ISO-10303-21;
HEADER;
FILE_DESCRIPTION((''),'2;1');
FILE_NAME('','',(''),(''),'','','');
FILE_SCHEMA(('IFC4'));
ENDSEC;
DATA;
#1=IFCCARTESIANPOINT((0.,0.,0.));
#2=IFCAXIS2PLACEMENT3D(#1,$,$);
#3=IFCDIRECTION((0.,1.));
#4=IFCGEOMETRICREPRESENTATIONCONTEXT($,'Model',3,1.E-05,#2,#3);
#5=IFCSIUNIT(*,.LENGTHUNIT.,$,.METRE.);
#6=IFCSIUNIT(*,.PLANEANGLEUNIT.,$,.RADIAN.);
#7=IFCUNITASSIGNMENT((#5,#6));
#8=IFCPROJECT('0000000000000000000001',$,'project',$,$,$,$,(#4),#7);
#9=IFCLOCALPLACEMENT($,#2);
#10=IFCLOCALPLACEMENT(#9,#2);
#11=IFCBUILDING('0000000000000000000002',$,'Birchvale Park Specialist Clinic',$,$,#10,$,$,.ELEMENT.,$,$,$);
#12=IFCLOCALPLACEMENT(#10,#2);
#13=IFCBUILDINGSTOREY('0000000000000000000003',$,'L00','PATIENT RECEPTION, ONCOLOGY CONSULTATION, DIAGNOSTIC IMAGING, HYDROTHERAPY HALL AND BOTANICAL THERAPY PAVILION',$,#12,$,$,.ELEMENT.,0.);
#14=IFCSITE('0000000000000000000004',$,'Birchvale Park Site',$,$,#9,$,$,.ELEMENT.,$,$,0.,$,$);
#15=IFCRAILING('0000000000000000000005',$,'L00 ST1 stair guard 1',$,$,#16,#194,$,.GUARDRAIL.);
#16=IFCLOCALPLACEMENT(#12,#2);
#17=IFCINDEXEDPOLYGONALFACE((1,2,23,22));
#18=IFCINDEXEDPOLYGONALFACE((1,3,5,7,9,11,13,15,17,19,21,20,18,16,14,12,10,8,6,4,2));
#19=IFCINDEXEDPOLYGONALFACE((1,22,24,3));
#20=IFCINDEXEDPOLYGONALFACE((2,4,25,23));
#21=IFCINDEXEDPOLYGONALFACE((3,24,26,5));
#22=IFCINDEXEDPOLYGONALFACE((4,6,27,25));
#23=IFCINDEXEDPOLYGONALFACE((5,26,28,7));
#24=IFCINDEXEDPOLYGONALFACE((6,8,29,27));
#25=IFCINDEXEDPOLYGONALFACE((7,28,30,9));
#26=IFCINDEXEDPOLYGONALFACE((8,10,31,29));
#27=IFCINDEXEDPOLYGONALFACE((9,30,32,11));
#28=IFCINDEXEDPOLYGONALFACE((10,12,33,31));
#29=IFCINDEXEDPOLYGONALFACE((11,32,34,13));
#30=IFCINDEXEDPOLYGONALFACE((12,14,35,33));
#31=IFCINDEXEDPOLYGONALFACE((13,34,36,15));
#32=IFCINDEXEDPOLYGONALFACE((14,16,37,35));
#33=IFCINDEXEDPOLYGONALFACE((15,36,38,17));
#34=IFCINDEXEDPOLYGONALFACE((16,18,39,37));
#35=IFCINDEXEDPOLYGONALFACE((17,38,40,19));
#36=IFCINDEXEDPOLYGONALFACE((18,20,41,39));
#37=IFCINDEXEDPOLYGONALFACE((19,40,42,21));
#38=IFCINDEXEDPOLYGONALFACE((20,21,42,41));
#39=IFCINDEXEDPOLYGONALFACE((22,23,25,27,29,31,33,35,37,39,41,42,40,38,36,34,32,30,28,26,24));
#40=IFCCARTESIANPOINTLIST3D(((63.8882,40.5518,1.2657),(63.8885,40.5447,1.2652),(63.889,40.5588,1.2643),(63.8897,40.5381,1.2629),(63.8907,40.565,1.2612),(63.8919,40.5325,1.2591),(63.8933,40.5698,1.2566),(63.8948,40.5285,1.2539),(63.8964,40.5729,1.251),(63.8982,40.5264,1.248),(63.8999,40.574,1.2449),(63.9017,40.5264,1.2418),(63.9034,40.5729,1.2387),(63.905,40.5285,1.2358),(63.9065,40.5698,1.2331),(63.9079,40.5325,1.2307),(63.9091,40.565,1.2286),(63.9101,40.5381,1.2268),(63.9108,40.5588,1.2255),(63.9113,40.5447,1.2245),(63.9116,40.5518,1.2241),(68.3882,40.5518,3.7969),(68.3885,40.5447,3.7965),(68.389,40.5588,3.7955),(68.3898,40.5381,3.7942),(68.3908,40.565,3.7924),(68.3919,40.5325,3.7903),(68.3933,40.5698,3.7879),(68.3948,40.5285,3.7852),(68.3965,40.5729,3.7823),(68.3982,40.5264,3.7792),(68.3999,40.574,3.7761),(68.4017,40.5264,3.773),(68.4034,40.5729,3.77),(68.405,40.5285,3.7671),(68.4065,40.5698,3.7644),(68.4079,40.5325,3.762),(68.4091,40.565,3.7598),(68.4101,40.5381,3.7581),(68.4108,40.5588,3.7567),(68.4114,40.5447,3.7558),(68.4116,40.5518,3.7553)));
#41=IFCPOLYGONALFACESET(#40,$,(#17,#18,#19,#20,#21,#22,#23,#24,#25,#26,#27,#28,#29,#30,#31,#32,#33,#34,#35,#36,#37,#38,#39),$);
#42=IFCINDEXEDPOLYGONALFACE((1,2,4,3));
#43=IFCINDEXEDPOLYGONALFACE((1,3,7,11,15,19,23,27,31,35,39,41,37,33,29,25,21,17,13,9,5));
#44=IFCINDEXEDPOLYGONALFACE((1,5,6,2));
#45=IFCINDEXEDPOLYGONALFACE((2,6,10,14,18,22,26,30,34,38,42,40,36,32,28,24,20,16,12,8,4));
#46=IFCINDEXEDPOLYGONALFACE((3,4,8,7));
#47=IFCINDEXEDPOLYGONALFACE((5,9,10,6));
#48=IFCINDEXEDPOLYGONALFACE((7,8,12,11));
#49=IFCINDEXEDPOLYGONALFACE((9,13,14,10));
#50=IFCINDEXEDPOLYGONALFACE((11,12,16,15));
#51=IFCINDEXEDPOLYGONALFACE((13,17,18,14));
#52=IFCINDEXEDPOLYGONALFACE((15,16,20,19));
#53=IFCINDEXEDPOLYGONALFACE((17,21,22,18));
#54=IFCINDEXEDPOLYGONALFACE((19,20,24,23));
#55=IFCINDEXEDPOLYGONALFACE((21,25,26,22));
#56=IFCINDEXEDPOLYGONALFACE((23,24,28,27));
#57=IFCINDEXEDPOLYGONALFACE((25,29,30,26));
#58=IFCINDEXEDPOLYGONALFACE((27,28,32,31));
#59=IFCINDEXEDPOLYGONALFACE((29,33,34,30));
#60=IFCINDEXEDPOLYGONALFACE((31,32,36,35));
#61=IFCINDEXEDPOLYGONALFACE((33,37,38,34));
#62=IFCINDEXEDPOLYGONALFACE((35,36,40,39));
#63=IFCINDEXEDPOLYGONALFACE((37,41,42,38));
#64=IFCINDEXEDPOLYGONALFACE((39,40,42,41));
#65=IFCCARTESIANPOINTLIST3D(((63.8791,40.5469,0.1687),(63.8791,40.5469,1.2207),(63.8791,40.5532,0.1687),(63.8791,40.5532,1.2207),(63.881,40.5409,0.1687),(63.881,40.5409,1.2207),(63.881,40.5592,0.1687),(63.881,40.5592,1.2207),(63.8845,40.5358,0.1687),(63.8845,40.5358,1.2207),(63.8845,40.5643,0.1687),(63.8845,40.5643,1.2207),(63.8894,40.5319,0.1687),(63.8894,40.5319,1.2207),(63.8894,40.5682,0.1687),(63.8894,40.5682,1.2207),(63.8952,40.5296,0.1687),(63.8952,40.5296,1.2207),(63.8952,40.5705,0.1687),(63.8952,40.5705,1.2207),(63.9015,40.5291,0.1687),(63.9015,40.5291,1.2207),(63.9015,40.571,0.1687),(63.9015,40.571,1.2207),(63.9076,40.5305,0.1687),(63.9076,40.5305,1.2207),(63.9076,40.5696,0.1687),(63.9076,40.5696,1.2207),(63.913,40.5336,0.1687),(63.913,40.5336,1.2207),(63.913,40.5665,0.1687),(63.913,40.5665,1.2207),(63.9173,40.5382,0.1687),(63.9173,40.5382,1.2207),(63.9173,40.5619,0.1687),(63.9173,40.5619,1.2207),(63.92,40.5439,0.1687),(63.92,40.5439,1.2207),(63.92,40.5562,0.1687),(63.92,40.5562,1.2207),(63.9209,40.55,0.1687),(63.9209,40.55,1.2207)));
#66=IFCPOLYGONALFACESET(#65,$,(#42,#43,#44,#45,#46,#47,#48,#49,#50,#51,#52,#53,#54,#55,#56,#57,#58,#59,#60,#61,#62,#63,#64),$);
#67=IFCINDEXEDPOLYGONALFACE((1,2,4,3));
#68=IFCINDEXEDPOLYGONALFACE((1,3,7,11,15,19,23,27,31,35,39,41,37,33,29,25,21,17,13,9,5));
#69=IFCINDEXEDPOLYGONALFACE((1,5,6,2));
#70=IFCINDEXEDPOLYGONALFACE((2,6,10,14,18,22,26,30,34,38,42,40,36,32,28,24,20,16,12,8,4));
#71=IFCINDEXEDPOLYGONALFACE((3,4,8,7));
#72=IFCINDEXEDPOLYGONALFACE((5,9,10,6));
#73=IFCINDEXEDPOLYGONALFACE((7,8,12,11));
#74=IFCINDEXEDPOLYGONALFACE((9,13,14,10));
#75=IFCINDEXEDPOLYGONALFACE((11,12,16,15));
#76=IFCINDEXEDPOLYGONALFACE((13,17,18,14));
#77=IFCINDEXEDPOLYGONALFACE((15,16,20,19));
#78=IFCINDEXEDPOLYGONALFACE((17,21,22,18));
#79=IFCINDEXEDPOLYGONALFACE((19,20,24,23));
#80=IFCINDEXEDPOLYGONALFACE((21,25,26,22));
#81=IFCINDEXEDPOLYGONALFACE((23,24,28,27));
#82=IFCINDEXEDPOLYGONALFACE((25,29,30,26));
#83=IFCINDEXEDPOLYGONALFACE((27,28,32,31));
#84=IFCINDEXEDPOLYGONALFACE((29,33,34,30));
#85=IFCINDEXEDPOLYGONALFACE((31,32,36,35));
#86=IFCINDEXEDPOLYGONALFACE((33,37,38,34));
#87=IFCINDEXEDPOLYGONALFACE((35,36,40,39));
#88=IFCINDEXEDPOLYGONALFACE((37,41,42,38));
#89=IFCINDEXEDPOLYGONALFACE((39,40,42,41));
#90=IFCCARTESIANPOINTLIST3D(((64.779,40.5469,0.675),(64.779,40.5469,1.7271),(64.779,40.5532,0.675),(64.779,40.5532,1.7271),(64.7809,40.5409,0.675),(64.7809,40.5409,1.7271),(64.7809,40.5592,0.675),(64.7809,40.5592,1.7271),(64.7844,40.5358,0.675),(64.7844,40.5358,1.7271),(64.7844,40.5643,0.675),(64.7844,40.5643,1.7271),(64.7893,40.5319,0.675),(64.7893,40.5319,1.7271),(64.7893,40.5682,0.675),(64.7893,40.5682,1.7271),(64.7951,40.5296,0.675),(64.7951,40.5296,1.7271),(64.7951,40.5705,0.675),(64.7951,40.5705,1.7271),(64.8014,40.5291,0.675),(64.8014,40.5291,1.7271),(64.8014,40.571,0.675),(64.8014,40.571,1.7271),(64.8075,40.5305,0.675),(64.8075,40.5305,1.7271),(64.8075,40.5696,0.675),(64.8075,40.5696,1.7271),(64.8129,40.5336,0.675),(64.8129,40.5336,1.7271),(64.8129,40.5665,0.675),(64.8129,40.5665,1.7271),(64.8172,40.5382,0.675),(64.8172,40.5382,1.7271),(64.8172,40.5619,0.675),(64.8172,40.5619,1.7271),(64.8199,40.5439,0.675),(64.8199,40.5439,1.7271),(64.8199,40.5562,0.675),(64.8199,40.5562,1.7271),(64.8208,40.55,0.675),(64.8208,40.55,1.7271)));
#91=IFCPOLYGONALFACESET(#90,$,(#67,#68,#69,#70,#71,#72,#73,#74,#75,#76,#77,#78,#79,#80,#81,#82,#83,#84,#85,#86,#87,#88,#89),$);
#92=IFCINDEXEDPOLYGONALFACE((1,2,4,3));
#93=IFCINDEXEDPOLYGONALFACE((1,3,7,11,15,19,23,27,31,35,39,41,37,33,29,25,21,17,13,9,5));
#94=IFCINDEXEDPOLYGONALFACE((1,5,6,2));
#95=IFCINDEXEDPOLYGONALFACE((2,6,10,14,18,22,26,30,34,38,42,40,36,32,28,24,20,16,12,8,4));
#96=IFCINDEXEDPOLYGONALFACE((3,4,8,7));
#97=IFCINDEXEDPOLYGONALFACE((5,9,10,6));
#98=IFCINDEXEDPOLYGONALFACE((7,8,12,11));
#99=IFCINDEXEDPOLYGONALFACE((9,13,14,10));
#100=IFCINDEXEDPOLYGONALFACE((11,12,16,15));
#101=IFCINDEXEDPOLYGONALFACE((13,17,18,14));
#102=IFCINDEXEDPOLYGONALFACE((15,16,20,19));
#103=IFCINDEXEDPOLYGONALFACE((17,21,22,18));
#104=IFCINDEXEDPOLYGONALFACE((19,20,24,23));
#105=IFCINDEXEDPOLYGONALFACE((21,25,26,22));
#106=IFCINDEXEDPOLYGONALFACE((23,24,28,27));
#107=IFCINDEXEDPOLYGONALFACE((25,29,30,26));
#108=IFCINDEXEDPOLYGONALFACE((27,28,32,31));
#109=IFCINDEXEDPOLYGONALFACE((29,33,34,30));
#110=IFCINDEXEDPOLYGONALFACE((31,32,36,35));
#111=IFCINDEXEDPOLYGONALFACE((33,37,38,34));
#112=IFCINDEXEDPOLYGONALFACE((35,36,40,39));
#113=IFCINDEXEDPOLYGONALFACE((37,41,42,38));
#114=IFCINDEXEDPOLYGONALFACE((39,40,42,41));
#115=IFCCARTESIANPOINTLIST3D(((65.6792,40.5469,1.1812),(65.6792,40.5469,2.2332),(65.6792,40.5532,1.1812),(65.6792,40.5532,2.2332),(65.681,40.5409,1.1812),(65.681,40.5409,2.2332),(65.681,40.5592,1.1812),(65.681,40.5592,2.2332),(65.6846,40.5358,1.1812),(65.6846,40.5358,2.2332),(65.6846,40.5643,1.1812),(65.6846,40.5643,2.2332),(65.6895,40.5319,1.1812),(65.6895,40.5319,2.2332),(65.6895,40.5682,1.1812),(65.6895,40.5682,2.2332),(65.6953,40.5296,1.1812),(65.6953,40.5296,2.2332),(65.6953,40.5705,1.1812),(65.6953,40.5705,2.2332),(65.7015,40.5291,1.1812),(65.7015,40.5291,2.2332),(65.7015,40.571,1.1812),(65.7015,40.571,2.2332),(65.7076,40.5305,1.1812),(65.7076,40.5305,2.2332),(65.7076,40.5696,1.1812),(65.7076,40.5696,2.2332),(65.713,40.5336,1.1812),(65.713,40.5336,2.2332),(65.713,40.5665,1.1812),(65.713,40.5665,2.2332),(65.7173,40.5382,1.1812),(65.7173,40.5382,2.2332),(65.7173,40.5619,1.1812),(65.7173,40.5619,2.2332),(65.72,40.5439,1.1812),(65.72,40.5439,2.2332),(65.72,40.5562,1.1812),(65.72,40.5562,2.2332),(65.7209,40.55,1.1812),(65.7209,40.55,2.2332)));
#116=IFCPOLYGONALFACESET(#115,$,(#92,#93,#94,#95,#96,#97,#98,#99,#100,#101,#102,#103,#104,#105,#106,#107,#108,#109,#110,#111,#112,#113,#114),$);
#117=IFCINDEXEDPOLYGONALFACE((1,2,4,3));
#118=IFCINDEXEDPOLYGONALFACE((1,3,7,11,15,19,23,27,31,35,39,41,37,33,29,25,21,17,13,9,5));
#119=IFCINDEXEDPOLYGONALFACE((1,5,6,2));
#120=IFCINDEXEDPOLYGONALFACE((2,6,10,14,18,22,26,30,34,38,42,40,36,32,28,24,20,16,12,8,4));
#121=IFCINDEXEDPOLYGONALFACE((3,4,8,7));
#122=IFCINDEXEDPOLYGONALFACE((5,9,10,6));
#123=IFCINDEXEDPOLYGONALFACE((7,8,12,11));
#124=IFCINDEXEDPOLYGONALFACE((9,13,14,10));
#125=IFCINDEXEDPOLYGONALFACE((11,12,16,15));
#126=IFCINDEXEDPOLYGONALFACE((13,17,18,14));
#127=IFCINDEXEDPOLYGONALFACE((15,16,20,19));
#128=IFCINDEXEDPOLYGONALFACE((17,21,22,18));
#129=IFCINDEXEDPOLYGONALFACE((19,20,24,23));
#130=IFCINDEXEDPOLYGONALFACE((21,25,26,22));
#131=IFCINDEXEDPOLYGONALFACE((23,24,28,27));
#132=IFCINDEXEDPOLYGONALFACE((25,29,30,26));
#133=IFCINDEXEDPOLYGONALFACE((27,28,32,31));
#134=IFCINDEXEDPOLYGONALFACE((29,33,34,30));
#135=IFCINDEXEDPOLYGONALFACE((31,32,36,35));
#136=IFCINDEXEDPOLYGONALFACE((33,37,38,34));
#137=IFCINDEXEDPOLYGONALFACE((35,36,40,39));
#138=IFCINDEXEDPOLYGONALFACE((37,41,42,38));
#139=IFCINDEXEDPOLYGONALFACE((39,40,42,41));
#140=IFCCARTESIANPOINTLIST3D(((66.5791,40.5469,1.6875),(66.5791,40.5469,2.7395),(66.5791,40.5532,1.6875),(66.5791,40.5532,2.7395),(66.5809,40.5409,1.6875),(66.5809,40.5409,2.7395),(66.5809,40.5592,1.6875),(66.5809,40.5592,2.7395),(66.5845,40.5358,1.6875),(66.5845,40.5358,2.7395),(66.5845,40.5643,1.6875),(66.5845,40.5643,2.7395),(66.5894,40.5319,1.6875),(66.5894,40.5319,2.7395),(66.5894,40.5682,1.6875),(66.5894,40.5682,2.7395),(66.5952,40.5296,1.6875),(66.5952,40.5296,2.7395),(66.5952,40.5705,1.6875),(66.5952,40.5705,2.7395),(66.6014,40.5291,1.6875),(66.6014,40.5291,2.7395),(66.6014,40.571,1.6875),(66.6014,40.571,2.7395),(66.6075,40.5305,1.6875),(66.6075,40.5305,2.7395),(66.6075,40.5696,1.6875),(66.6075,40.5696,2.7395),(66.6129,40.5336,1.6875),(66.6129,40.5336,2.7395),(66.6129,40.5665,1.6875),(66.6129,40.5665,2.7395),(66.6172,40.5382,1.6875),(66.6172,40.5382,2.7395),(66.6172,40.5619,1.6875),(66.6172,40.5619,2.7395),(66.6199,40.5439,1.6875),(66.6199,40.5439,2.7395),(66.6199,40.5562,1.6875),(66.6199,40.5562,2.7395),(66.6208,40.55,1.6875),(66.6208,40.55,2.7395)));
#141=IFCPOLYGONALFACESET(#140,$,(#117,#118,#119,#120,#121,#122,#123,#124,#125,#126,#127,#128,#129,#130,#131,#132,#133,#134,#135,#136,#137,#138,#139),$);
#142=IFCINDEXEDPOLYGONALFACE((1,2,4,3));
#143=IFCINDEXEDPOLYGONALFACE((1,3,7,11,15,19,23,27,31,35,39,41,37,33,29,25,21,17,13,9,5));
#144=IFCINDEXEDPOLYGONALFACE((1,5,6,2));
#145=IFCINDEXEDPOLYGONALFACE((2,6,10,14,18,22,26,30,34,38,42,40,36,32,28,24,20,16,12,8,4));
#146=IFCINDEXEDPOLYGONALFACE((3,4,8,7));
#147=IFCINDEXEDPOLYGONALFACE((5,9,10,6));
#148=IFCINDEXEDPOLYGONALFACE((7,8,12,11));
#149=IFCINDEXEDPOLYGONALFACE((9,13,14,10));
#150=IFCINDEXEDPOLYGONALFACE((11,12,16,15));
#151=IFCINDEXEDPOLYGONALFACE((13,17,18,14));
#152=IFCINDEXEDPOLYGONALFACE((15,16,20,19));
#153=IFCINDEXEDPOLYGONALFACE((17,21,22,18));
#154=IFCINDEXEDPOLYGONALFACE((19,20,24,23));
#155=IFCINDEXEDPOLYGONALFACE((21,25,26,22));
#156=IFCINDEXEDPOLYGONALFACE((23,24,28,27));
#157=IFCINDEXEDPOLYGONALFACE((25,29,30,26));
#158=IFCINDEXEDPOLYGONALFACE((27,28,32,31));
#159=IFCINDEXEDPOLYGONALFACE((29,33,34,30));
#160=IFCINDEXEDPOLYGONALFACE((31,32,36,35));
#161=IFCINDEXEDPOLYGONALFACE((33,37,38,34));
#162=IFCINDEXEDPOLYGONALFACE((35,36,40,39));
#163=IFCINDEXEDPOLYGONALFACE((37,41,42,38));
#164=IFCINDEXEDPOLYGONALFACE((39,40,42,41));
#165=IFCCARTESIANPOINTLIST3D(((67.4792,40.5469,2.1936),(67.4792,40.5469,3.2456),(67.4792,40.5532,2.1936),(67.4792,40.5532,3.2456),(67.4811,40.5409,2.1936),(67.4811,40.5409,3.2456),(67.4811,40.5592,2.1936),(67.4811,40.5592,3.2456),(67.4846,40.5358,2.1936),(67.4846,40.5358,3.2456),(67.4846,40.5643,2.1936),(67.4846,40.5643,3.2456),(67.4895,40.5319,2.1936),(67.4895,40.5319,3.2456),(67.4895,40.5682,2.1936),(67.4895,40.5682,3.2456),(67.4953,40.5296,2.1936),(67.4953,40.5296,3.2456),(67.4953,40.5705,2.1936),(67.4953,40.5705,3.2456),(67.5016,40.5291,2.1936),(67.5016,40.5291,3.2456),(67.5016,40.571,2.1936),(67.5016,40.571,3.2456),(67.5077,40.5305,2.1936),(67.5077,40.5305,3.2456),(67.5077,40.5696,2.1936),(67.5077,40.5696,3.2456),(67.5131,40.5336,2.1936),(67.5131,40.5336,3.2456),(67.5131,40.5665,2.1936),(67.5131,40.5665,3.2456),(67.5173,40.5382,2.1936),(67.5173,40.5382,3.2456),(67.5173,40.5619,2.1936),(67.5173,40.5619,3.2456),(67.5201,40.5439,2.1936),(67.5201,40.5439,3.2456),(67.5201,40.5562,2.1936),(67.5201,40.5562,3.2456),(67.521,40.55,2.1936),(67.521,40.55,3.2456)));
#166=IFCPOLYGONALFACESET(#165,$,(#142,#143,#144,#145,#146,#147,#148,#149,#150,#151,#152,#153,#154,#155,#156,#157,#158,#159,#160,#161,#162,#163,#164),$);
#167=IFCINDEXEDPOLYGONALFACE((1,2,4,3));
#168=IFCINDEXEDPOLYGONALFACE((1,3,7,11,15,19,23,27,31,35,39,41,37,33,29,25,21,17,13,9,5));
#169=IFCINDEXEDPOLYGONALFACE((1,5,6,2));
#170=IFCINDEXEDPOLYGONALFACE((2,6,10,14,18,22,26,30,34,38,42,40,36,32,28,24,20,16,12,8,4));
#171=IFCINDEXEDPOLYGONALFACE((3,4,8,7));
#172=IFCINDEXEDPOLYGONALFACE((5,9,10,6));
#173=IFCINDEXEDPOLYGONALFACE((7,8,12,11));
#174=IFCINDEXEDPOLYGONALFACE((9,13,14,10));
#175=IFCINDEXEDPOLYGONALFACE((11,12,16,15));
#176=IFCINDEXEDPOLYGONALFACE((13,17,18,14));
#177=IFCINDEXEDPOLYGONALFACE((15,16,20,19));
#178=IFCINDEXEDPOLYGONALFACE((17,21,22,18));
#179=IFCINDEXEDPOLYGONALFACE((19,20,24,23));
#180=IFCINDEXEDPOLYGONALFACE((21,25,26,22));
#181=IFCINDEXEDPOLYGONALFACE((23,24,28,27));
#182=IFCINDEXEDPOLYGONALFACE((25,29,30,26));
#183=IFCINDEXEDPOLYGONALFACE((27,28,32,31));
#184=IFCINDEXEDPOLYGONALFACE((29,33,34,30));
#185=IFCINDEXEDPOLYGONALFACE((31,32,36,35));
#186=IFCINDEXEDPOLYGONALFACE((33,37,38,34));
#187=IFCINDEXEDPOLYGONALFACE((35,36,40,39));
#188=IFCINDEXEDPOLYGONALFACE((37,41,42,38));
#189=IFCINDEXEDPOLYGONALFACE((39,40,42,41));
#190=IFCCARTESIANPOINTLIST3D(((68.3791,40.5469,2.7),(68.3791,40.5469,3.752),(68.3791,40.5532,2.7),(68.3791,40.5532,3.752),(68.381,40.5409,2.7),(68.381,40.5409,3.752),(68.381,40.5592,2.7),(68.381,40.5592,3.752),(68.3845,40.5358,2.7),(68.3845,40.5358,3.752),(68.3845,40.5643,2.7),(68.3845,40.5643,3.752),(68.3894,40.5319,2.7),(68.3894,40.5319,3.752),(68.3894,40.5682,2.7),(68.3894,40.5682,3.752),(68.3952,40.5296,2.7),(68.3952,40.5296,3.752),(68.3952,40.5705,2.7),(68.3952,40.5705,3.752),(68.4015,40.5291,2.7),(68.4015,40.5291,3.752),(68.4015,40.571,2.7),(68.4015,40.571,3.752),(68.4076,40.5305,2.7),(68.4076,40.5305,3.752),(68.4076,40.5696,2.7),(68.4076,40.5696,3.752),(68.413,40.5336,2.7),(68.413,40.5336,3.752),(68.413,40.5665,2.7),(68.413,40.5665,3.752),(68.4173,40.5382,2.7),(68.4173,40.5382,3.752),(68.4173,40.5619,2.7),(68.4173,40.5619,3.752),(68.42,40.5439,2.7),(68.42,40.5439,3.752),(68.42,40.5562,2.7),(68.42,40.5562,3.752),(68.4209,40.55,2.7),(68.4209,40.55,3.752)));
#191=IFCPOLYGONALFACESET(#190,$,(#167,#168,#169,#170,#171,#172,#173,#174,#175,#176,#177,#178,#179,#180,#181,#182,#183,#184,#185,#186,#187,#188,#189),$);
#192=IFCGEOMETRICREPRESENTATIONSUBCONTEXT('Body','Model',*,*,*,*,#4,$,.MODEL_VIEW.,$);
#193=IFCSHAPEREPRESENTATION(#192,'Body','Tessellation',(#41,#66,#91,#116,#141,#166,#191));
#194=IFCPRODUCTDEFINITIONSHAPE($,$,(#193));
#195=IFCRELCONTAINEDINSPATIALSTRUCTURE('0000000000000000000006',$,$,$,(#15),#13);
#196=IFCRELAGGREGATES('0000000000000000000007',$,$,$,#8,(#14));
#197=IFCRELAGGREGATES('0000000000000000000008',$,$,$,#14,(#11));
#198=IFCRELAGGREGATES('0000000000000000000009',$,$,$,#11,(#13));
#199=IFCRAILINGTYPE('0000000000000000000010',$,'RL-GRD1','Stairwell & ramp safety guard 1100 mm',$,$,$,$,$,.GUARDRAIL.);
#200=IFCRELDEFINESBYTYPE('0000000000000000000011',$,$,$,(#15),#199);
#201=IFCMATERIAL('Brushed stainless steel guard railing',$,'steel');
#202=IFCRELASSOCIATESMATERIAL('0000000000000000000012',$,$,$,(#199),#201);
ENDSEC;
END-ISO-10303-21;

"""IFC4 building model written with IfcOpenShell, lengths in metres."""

from ifc_helpers import new_model, si_unit, direction, frame, origin, origin_2d, place, context, subcontext, project, spatial, circle, extrude, material, type_object, element, save


model = new_model("IFC4")

# Units and contexts
model_context = context("Model", 3, precision=1e-05, world=origin(), true_north=direction((0.0, 1.0)))
body_context = subcontext(model_context, "Body", "Model", "MODEL_VIEW")
ifc_project = project(units=[si_unit("LENGTHUNIT", "METRE"), si_unit("PLANEANGLEUNIT", "RADIAN")], contexts=[model_context])

# Site, building, storey
site_placement = place(None, origin())
site = spatial("IfcSite", under=ifc_project, at=site_placement, Name="Birchvale Park Site", CompositionType="ELEMENT", RefElevation=0.0)
building_placement = place(site_placement, origin())
building = spatial("IfcBuilding", under=site, at=building_placement, Name="Birchvale Park Specialist Clinic", CompositionType="ELEMENT")
storey_placement = place(building_placement, origin())
storey = spatial("IfcBuildingStorey", under=building, at=storey_placement, Name="L00", Description="PATIENT RECEPTION, ONCOLOGY CONSULTATION, DIAGNOSTIC IMAGING, HYDROTHERAPY HALL AND BOTANICAL THERAPY PAVILION", CompositionType="ELEMENT", Elevation=0.0)

# Railing
ifc_material_1 = material(Name="Brushed stainless steel guard railing", Category="steel")
railing_type_1 = type_object("IfcRailingType", Name="RL-GRD1", Description="Stairwell & ramp safety guard 1100 mm", PredefinedType="GUARDRAIL", material=ifc_material_1)
railing_1_placement = place(storey_placement, frame((63.8999, 40.55, 0.1687)))
element("IfcRailing", 1, at=railing_1_placement, inside=storey, type_object=railing_type_1, Name="L00 ST1 stair guard 1", PredefinedType="GUARDRAIL", context=body_context, shape_type="SweptSolid", body=[
    extrude(circle(Radius=0.0239, at=origin_2d()), frame((0.0, 0.0, 1.0762), z_axis=(0.871576, 0.0, 0.490261), x_axis=(0.0, 1.0, 0.0)), (0.0, 0.0, 1.0), 5.1631),
    extrude(circle(Radius=0.021, at=origin_2d()), origin(), (0.0, 0.0, 1.0), 1.052),
    extrude(circle(Radius=0.021, at=origin_2d()), frame((0.8999, 0.0, 0.5063)), (0.0, 0.0, 1.0), 1.052),
    extrude(circle(Radius=0.021, at=origin_2d()), frame((1.8, 0.0, 1.0125)), (0.0, 0.0, 1.0), 1.052),
    extrude(circle(Radius=0.021, at=origin_2d()), frame((2.7, 0.0, 1.5188)), (0.0, 0.0, 1.0), 1.052),
    extrude(circle(Radius=0.021, at=origin_2d()), frame((3.6001, 0.0, 2.0249)), (0.0, 0.0, 1.0), 1.052),
    extrude(circle(Radius=0.021, at=origin_2d()), frame((4.5, 0.0, 2.5312)), (0.0, 0.0, 1.0), 1.052),
])

save(model, "model.ifc")
